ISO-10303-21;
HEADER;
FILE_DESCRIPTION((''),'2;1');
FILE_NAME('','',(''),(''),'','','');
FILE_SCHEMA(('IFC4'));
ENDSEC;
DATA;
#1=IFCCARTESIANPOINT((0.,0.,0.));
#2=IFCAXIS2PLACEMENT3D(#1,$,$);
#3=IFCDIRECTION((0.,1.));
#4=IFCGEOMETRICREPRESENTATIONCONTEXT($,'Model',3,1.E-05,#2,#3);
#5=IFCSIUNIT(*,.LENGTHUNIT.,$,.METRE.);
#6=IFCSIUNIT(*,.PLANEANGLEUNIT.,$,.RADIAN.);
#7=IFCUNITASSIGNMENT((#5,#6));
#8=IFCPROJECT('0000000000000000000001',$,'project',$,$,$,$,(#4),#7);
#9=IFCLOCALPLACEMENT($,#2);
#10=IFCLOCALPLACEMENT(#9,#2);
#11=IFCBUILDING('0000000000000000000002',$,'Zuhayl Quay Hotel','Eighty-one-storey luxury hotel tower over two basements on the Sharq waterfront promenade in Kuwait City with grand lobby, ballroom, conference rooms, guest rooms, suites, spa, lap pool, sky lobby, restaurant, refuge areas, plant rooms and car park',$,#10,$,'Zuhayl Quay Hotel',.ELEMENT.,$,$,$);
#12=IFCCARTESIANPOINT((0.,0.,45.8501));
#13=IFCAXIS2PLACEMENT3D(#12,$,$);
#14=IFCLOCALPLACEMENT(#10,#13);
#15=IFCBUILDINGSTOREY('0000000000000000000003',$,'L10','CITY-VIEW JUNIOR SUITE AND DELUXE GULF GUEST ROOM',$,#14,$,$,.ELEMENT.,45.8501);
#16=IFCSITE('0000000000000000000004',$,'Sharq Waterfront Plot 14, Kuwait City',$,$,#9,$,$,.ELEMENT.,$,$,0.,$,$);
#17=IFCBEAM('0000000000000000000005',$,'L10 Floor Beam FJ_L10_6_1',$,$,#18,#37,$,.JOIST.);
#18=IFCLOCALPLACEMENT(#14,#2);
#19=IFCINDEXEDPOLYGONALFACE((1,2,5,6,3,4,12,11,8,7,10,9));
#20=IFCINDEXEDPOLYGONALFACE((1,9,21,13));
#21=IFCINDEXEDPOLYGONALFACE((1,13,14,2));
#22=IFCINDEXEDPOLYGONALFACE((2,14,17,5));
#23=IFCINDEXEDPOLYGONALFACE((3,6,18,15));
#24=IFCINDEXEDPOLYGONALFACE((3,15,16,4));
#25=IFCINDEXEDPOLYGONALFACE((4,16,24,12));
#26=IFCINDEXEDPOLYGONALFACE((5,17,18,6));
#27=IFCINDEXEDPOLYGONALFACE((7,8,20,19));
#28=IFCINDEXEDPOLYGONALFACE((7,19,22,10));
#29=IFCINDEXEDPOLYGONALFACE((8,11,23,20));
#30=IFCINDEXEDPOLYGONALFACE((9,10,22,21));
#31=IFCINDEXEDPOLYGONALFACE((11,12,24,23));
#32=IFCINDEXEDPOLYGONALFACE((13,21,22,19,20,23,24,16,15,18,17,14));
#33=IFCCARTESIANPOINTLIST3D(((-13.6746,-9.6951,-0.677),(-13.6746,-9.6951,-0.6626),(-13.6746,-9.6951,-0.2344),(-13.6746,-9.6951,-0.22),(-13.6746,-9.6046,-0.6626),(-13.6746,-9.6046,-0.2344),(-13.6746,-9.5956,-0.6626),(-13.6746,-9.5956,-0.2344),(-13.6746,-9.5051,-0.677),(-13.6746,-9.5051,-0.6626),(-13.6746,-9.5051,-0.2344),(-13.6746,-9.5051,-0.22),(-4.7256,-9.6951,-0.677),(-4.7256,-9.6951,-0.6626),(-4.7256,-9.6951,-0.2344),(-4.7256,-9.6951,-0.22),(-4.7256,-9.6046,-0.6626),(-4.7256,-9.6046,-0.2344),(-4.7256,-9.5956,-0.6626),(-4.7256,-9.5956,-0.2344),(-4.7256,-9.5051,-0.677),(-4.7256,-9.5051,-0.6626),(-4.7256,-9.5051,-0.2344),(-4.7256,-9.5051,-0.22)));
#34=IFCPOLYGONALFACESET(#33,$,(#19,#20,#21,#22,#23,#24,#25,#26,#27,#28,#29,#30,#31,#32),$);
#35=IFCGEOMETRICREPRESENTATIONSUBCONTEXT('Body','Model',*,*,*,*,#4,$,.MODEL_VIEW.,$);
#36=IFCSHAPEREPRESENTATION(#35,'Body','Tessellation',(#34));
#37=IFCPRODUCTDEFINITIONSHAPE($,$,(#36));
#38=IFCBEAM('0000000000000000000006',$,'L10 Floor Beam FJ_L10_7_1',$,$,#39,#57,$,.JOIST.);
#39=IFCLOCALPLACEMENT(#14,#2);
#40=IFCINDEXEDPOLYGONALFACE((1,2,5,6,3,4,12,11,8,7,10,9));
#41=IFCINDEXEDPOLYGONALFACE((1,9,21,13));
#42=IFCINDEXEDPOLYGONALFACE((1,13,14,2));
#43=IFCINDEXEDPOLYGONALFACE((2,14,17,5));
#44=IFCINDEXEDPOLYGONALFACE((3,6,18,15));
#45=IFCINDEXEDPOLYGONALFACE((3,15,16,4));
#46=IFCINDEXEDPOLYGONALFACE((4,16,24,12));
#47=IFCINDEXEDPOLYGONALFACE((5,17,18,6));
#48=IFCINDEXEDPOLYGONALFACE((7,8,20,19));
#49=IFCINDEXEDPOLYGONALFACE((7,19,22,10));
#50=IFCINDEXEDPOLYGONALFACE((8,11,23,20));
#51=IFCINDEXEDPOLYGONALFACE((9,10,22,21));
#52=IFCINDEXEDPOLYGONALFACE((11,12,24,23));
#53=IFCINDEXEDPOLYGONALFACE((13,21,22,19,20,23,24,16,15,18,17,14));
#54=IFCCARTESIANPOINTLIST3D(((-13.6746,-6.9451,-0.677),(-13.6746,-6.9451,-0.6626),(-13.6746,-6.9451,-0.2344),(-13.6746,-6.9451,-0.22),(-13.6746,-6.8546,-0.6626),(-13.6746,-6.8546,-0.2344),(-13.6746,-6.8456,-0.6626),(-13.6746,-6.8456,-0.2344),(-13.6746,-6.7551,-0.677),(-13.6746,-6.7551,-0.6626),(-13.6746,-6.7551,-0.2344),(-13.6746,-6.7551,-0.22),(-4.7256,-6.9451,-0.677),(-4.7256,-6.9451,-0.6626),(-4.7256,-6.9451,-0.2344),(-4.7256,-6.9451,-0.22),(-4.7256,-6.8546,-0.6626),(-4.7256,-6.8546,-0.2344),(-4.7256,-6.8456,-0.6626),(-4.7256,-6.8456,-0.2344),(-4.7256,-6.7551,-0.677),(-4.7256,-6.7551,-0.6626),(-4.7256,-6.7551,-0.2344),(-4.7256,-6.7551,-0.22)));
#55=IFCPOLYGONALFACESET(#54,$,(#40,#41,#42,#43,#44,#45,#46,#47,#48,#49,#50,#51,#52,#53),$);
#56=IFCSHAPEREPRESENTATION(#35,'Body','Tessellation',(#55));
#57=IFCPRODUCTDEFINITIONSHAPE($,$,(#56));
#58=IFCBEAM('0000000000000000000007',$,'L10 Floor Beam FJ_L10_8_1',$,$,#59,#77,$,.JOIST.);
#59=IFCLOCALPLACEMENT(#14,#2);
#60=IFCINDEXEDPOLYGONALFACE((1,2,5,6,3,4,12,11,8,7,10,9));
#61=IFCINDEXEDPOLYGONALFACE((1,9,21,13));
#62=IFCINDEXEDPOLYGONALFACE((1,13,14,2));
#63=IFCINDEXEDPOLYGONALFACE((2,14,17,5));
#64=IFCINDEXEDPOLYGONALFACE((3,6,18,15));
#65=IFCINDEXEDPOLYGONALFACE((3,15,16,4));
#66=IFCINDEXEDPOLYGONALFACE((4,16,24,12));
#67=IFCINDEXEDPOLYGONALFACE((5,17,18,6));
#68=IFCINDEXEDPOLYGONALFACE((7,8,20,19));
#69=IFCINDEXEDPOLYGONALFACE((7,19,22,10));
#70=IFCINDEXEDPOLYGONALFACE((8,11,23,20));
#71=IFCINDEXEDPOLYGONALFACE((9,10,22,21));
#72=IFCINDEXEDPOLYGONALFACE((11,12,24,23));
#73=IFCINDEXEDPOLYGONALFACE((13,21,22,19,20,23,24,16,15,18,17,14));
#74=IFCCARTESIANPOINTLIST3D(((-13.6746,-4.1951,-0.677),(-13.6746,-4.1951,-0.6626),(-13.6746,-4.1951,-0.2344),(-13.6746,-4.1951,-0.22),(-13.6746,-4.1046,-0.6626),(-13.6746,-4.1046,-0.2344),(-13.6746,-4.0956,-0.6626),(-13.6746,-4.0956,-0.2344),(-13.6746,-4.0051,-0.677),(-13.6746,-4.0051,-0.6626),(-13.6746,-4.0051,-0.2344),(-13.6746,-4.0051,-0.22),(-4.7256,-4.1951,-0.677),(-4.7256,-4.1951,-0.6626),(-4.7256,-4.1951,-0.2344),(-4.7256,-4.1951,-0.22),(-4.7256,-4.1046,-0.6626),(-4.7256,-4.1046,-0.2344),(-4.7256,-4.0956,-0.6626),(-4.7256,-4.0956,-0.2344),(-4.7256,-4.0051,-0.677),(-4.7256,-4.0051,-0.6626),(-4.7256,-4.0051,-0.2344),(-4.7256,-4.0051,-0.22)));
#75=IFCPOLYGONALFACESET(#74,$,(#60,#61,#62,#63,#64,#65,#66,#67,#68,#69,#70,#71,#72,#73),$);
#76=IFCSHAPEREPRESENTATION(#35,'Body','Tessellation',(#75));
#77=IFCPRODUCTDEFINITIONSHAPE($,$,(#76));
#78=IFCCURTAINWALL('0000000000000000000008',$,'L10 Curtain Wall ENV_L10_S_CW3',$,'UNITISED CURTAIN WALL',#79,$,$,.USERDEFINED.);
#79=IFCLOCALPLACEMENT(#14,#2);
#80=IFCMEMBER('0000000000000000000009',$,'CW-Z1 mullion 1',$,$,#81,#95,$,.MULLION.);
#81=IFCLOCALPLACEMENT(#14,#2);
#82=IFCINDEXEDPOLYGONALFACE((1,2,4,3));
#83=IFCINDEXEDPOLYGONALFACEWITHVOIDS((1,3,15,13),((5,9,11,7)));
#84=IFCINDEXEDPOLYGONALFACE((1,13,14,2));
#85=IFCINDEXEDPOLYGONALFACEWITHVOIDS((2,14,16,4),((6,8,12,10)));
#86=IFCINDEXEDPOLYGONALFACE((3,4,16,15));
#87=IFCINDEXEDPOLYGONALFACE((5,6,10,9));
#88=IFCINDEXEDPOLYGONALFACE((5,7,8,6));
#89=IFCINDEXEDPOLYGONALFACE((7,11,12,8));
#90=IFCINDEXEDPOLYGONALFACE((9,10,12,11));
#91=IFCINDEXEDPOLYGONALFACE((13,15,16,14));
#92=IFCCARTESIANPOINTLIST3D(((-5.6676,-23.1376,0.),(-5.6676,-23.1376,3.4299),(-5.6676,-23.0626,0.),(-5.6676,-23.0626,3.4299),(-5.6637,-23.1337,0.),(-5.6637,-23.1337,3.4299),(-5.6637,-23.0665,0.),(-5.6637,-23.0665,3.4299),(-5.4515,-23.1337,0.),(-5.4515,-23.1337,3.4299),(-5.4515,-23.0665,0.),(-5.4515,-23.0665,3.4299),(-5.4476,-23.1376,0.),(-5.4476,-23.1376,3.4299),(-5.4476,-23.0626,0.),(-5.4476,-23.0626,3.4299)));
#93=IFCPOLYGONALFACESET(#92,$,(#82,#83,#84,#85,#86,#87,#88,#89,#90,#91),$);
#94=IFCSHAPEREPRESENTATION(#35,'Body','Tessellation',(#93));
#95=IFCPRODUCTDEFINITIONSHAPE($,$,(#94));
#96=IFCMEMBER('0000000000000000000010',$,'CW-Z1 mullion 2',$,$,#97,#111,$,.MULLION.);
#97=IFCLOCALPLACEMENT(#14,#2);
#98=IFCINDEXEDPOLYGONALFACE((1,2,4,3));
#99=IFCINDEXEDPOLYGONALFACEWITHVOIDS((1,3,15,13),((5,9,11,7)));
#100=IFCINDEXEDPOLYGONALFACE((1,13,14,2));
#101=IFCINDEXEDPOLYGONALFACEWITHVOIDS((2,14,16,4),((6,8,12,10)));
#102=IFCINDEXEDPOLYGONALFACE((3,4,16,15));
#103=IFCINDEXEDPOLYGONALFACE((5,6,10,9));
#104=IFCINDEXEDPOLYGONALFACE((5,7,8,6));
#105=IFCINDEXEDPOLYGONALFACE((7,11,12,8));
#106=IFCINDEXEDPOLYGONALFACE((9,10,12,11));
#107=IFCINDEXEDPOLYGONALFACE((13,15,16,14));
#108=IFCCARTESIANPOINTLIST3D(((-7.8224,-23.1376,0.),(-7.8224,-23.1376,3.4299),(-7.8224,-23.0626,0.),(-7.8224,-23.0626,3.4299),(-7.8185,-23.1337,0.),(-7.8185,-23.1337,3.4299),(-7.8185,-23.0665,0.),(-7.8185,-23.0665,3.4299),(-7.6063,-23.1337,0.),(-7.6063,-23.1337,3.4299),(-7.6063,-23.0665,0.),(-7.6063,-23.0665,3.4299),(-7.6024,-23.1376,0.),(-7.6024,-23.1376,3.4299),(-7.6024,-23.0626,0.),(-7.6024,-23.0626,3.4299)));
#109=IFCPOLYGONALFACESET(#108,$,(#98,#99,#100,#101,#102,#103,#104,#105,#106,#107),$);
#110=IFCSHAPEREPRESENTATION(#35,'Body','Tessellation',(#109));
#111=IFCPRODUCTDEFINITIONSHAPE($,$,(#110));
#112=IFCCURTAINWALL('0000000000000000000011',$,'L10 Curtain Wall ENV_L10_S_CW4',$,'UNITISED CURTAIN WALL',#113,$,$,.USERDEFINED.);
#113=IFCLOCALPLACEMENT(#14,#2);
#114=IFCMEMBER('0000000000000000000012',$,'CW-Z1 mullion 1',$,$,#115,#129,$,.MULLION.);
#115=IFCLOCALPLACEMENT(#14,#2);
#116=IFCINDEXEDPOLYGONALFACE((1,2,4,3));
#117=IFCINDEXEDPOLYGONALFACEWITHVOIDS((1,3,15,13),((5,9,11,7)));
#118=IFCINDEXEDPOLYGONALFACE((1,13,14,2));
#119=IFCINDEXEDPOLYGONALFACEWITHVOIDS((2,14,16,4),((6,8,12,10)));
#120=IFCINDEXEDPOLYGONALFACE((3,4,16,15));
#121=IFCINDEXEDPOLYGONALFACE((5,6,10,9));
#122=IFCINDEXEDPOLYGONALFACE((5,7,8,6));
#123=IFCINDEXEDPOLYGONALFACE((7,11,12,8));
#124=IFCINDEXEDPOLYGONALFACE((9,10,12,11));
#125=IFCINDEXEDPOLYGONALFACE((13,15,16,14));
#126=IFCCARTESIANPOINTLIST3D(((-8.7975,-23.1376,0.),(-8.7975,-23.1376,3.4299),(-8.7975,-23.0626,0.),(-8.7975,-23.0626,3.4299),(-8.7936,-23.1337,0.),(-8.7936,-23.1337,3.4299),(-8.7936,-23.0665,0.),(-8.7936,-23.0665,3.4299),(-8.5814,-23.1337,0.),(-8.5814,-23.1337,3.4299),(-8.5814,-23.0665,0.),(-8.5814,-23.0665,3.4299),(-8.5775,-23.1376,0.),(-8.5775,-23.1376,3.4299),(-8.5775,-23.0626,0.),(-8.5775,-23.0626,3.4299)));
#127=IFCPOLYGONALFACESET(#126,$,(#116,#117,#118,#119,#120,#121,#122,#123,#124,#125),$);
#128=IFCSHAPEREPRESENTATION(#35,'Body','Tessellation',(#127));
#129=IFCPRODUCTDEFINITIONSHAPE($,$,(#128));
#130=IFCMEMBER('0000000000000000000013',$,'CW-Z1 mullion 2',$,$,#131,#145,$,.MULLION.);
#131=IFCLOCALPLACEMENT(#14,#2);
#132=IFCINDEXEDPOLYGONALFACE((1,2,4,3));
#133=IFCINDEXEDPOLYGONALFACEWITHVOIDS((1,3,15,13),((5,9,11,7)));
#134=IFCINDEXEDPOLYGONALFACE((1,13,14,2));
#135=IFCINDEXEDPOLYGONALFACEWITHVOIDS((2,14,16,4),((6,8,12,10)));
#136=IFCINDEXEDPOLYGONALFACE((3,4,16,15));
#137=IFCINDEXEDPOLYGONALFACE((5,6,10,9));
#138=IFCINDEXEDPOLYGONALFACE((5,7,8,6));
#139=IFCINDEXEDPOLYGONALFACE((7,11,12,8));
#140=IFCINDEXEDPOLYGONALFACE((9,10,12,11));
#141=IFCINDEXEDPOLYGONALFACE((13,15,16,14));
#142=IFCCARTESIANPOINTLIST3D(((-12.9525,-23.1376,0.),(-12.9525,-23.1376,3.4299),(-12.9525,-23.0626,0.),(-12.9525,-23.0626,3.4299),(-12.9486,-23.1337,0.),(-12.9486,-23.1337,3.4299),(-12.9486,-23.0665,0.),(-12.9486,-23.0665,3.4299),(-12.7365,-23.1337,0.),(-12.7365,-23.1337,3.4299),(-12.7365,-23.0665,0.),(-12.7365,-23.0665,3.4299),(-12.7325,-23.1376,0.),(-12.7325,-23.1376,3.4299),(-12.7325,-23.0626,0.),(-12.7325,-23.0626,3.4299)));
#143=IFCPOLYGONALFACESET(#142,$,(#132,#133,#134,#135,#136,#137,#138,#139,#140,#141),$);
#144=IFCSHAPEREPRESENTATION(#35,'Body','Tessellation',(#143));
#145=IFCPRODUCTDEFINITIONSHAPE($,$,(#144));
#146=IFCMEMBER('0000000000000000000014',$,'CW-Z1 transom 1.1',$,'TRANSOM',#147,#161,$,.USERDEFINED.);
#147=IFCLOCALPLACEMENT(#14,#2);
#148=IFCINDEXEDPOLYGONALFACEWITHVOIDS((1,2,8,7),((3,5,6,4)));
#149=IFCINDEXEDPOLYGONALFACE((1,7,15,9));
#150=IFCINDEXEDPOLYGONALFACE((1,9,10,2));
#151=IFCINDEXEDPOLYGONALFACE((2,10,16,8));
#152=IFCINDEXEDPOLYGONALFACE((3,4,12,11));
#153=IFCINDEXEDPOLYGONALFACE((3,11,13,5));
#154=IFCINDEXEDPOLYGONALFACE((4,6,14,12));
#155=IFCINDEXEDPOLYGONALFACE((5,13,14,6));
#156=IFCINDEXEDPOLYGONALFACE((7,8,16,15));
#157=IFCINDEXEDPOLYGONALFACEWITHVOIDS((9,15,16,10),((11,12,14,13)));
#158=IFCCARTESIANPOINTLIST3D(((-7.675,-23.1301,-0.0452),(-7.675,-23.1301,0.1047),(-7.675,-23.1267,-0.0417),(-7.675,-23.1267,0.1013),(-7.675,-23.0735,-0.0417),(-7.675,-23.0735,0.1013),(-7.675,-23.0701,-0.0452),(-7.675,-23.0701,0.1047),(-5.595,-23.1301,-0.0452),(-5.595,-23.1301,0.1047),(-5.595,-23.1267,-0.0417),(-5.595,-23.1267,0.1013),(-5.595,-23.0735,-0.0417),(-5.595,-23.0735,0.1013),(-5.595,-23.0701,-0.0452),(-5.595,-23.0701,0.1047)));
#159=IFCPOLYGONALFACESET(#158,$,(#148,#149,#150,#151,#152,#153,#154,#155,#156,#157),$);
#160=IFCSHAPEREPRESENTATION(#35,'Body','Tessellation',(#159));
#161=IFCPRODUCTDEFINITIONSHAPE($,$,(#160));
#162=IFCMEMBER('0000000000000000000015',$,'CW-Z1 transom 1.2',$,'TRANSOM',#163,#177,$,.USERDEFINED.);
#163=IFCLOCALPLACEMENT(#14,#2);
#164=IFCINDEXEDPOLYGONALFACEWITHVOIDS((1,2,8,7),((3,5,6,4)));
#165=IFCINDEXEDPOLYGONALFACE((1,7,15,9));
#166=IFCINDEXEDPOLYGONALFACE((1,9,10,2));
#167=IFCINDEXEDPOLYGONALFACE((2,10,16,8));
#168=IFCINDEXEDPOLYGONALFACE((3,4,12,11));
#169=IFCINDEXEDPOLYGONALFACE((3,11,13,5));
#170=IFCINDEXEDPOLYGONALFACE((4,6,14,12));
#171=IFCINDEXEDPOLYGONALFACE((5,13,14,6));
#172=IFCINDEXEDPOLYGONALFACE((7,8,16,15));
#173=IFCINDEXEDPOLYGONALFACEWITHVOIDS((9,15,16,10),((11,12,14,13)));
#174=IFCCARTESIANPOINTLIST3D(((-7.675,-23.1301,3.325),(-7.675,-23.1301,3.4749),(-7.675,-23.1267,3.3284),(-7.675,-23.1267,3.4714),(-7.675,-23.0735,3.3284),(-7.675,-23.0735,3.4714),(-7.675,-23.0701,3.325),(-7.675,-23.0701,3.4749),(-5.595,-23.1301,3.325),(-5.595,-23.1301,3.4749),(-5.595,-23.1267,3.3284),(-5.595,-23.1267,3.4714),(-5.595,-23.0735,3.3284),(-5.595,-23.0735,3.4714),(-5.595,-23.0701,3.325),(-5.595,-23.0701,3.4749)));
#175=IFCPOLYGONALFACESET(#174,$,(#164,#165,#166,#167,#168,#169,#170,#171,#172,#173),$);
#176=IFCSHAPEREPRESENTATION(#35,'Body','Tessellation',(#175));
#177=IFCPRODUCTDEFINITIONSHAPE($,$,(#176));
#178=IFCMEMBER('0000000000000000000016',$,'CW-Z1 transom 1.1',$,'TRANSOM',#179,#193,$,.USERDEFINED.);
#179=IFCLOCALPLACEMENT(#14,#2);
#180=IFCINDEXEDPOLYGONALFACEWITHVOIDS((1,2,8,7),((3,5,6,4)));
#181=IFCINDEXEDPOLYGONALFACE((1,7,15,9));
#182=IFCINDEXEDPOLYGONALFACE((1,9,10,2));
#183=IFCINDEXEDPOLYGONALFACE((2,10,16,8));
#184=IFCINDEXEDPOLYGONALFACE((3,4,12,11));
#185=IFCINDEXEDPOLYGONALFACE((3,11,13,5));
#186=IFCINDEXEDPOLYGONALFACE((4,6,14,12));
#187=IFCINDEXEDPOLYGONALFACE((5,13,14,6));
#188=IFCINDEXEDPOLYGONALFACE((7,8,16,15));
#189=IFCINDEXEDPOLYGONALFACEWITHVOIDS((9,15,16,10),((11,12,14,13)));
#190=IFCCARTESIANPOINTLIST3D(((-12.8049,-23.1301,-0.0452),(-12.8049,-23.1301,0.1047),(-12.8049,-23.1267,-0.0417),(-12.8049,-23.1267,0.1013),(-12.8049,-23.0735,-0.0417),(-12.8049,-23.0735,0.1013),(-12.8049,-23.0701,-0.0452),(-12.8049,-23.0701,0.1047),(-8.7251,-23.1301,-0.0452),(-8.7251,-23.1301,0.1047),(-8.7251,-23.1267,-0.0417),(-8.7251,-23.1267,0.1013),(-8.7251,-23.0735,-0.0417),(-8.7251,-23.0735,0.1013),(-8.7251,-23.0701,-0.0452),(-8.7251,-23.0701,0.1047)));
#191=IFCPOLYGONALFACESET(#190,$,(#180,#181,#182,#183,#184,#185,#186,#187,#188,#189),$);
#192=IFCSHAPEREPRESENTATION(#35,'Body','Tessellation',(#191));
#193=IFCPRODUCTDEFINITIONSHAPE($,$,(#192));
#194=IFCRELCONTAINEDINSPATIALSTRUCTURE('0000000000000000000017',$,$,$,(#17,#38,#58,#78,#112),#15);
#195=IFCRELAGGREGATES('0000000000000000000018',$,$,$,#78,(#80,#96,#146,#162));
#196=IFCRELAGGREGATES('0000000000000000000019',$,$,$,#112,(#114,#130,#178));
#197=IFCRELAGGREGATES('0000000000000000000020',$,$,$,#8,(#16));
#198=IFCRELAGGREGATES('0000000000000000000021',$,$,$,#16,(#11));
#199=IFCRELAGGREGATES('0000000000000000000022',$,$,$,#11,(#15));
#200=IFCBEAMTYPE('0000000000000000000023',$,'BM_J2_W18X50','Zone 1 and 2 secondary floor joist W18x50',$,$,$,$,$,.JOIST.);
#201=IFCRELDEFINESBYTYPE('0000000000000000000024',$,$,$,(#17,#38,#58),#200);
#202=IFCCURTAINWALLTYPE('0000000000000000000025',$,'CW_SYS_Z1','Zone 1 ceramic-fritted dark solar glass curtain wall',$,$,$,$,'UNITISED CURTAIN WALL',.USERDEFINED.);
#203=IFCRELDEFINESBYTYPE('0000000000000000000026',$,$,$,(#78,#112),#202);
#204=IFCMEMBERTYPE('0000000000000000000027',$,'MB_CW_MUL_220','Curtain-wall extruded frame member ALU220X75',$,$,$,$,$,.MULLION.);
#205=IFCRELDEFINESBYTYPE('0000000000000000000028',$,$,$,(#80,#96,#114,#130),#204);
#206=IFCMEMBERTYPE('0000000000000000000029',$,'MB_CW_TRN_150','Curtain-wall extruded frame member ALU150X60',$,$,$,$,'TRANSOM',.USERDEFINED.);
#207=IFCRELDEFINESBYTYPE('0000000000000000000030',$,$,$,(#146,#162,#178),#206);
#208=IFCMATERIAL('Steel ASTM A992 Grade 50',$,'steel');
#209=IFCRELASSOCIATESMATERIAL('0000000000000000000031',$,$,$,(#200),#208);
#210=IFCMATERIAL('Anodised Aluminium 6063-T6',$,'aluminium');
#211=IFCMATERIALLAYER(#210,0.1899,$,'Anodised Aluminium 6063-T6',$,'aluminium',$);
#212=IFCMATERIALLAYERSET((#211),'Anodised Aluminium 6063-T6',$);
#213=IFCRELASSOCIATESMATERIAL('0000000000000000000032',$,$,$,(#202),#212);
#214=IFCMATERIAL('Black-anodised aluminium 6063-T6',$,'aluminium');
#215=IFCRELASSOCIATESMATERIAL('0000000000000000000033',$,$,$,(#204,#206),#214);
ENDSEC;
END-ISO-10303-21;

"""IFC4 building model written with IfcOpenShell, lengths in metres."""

from ifc_helpers import new_model, si_unit, direction, frame, origin, origin_2d, place, context, subcontext, project, spatial, hollow_rectangle, i_section, extrude, material, layer, layer_set, material_profile, profile_set, type_object, element, aggregate, save


model = new_model("IFC4")

# Units and contexts
model_context = context("Model", 3, precision=1e-05, world=origin(), true_north=direction((0.0, 1.0)))
body_context = subcontext(model_context, "Body", "Model", "MODEL_VIEW")
ifc_project = project(units=[si_unit("LENGTHUNIT", "METRE"), si_unit("PLANEANGLEUNIT", "RADIAN")], contexts=[model_context])

# Site, building, storey
site_placement = place(None, origin())
site = spatial("IfcSite", under=ifc_project, at=site_placement, Name="Sharq Waterfront Plot 14, Kuwait City", CompositionType="ELEMENT", RefElevation=0.0)
building_placement = place(site_placement, origin())
building = spatial("IfcBuilding", under=site, at=building_placement, Name="Zuhayl Quay Hotel", Description="Eighty-one-storey luxury hotel tower over two basements on the Sharq waterfront promenade in Kuwait City with grand lobby, ballroom, conference rooms, guest rooms, suites, spa, lap pool, sky lobby, restaurant, refuge areas, plant rooms and car park", LongName="Zuhayl Quay Hotel", CompositionType="ELEMENT")
storey_placement = place(building_placement, frame((0.0, 0.0, 45.8501)))
storey = spatial("IfcBuildingStorey", under=building, at=storey_placement, Name="L10", Description="CITY-VIEW JUNIOR SUITE AND DELUXE GULF GUEST ROOM", CompositionType="ELEMENT", Elevation=45.8501)

# Beams
ifc_material_1 = material(Name="Steel ASTM A992 Grade 50", Category="steel")
ifc_material_profile_1 = material_profile(ifc_material_1, i_section(OverallWidth=0.1899, OverallDepth=0.457, WebThickness=0.009, FlangeThickness=0.0144, at=origin_2d()), Name="W18X50")
ifc_profile_set_1 = profile_set([ifc_material_profile_1], Name="Steel ASTM A992 Grade 50")
beam_type_1 = type_object("IfcBeamType", Name="BM_J2_W18X50", Description="Zone 1 and 2 secondary floor joist W18x50", PredefinedType="JOIST", material=ifc_profile_set_1)
for number, where, z_axis, x_axis, name in (
    (1, (-13.6746, -9.6001, -0.4485), (1.0, 0.0, 0.0), (0.0, 1.0, 0.0), "L10 Floor Beam FJ_L10_6_1"),
    (2, (-13.6746, -6.8501, -0.4485), (1.0, 0.0, 0.0), (0.0, 1.0, 0.0), "L10 Floor Beam FJ_L10_7_1"),
    (3, (-13.6746, -4.1001, -0.4485), (1.0, 0.0, 0.0), (0.0, 1.0, 0.0), "L10 Floor Beam FJ_L10_8_1"),
):
    element("IfcBeam", number, at=place(storey_placement, frame(where, z_axis=z_axis, x_axis=x_axis)), inside=storey, type_object=beam_type_1, Name=name, PredefinedType="JOIST", context=body_context, shape_type="SweptSolid", body=[
        extrude(i_section(OverallWidth=0.1899, OverallDepth=0.457, WebThickness=0.009, FlangeThickness=0.0144, at=origin_2d()), origin(), (0.0, 0.0, 1.0), 8.949),
    ])

# Curtain walls, members
ifc_material_2 = material(Name="Anodised Aluminium 6063-T6", Category="aluminium")
ifc_layer_1 = layer(ifc_material_2, 0.1899, Name="Anodised Aluminium 6063-T6", Category="aluminium")
ifc_layer_set_1 = layer_set([ifc_layer_1], Name="Anodised Aluminium 6063-T6")
curtain_wall_type = type_object("IfcCurtainWallType", Name="CW_SYS_Z1", Description="Zone 1 ceramic-fritted dark solar glass curtain wall", ElementType="UNITISED CURTAIN WALL", PredefinedType="USERDEFINED", material=ifc_layer_set_1)
curtain_wall_1_placement = place(storey_placement, origin())
curtain_wall_1 = element("IfcCurtainWall", 4, at=curtain_wall_1_placement, inside=storey, type_object=curtain_wall_type, Name="L10 Curtain Wall ENV_L10_S_CW3", ObjectType="UNITISED CURTAIN WALL", PredefinedType="USERDEFINED")
ifc_material_3 = material(Name="Black-anodised aluminium 6063-T6", Category="aluminium")
ifc_material_profile_2 = material_profile(ifc_material_3, hollow_rectangle(XDim=0.075, YDim=0.22, WallThickness=0.0039, at=origin_2d()), Name="ALU220X75")
ifc_profile_set_2 = profile_set([ifc_material_profile_2], Name="Black-anodised aluminium 6063-T6")
member_type_1 = type_object("IfcMemberType", Name="MB_CW_MUL_220", Description="Curtain-wall extruded frame member ALU220X75", PredefinedType="MULLION", material=ifc_profile_set_2)
member_1_placement = place(storey_placement, frame((-5.5576, -23.1001, 0.0), z_axis=(0.0, 0.0, 1.0), x_axis=(0.0, -1.0, 0.0)))
member_1 = element("IfcMember", 5, at=member_1_placement, type_object=member_type_1, Name="CW-Z1 mullion 1", PredefinedType="MULLION", context=body_context, shape_type="SweptSolid", body=[
    extrude(hollow_rectangle(XDim=0.075, YDim=0.22, WallThickness=0.0039, at=origin_2d()), origin(), (0.0, 0.0, 1.0), 3.4299),
])
member_2_placement = place(storey_placement, frame((-7.7124, -23.1001, 0.0), z_axis=(0.0, 0.0, 1.0), x_axis=(0.0, -1.0, 0.0)))
member_2 = element("IfcMember", 6, at=member_2_placement, type_object=member_type_1, Name="CW-Z1 mullion 2", PredefinedType="MULLION", context=body_context, shape_type="SweptSolid", body=[
    extrude(hollow_rectangle(XDim=0.075, YDim=0.22, WallThickness=0.0039, at=origin_2d()), origin(), (0.0, 0.0, 1.0), 3.4299),
])
curtain_wall_2_placement = place(storey_placement, origin())
curtain_wall_2 = element("IfcCurtainWall", 7, at=curtain_wall_2_placement, inside=storey, type_object=curtain_wall_type, Name="L10 Curtain Wall ENV_L10_S_CW4", ObjectType="UNITISED CURTAIN WALL", PredefinedType="USERDEFINED")
member_3_placement = place(storey_placement, frame((-8.6875, -23.1001, 0.0), z_axis=(0.0, 0.0, 1.0), x_axis=(0.0, -1.0, 0.0)))
member_3 = element("IfcMember", 8, at=member_3_placement, type_object=member_type_1, Name="CW-Z1 mullion 1", PredefinedType="MULLION", context=body_context, shape_type="SweptSolid", body=[
    extrude(hollow_rectangle(XDim=0.075, YDim=0.22, WallThickness=0.0039, at=origin_2d()), origin(), (0.0, 0.0, 1.0), 3.4299),
])
member_4_placement = place(storey_placement, frame((-12.8425, -23.1001, 0.0), z_axis=(0.0, 0.0, 1.0), x_axis=(0.0, -1.0, 0.0)))
member_4 = element("IfcMember", 9, at=member_4_placement, type_object=member_type_1, Name="CW-Z1 mullion 2", PredefinedType="MULLION", context=body_context, shape_type="SweptSolid", body=[
    extrude(hollow_rectangle(XDim=0.075, YDim=0.22, WallThickness=0.0039, at=origin_2d()), origin(), (0.0, 0.0, 1.0), 3.4299),
])

# Members
ifc_material_profile_3 = material_profile(ifc_material_3, hollow_rectangle(XDim=0.0601, YDim=0.1499, WallThickness=0.0034, at=origin_2d()), Name="ALU150X60")
ifc_profile_set_3 = profile_set([ifc_material_profile_3], Name="Black-anodised aluminium 6063-T6")
member_type_2 = type_object("IfcMemberType", Name="MB_CW_TRN_150", Description="Curtain-wall extruded frame member ALU150X60", ElementType="TRANSOM", PredefinedType="USERDEFINED", material=ifc_profile_set_3)
member_5_placement = place(storey_placement, frame((-5.595, -23.1001, 0.0298), z_axis=(-1.0, 0.0, 0.0), x_axis=(0.0, -1.0, 0.0)))
member_5 = element("IfcMember", 10, at=member_5_placement, type_object=member_type_2, Name="CW-Z1 transom 1.1", ObjectType="TRANSOM", PredefinedType="USERDEFINED", context=body_context, shape_type="SweptSolid", body=[
    extrude(hollow_rectangle(XDim=0.0601, YDim=0.1499, WallThickness=0.0034, at=origin_2d()), origin(), (0.0, 0.0, 1.0), 2.0801),
])
member_6_placement = place(storey_placement, frame((-5.595, -23.1001, 3.3999), z_axis=(-1.0, 0.0, 0.0), x_axis=(0.0, -1.0, 0.0)))
member_6 = element("IfcMember", 11, at=member_6_placement, type_object=member_type_2, Name="CW-Z1 transom 1.2", ObjectType="TRANSOM", PredefinedType="USERDEFINED", context=body_context, shape_type="SweptSolid", body=[
    extrude(hollow_rectangle(XDim=0.0601, YDim=0.1499, WallThickness=0.0034, at=origin_2d()), origin(), (0.0, 0.0, 1.0), 2.0801),
])
member_7_placement = place(storey_placement, frame((-8.7251, -23.1001, 0.0298), z_axis=(-1.0, 0.0, 0.0), x_axis=(0.0, -1.0, 0.0)))
member_7 = element("IfcMember", 12, at=member_7_placement, type_object=member_type_2, Name="CW-Z1 transom 1.1", ObjectType="TRANSOM", PredefinedType="USERDEFINED", context=body_context, shape_type="SweptSolid", body=[
    extrude(hollow_rectangle(XDim=0.0601, YDim=0.1499, WallThickness=0.0034, at=origin_2d()), origin(), (0.0, 0.0, 1.0), 4.0798),
])

aggregate(curtain_wall_1, [member_1, member_2, member_5, member_6])
aggregate(curtain_wall_2, [member_3, member_4, member_7])

save(model, "model.ifc")
